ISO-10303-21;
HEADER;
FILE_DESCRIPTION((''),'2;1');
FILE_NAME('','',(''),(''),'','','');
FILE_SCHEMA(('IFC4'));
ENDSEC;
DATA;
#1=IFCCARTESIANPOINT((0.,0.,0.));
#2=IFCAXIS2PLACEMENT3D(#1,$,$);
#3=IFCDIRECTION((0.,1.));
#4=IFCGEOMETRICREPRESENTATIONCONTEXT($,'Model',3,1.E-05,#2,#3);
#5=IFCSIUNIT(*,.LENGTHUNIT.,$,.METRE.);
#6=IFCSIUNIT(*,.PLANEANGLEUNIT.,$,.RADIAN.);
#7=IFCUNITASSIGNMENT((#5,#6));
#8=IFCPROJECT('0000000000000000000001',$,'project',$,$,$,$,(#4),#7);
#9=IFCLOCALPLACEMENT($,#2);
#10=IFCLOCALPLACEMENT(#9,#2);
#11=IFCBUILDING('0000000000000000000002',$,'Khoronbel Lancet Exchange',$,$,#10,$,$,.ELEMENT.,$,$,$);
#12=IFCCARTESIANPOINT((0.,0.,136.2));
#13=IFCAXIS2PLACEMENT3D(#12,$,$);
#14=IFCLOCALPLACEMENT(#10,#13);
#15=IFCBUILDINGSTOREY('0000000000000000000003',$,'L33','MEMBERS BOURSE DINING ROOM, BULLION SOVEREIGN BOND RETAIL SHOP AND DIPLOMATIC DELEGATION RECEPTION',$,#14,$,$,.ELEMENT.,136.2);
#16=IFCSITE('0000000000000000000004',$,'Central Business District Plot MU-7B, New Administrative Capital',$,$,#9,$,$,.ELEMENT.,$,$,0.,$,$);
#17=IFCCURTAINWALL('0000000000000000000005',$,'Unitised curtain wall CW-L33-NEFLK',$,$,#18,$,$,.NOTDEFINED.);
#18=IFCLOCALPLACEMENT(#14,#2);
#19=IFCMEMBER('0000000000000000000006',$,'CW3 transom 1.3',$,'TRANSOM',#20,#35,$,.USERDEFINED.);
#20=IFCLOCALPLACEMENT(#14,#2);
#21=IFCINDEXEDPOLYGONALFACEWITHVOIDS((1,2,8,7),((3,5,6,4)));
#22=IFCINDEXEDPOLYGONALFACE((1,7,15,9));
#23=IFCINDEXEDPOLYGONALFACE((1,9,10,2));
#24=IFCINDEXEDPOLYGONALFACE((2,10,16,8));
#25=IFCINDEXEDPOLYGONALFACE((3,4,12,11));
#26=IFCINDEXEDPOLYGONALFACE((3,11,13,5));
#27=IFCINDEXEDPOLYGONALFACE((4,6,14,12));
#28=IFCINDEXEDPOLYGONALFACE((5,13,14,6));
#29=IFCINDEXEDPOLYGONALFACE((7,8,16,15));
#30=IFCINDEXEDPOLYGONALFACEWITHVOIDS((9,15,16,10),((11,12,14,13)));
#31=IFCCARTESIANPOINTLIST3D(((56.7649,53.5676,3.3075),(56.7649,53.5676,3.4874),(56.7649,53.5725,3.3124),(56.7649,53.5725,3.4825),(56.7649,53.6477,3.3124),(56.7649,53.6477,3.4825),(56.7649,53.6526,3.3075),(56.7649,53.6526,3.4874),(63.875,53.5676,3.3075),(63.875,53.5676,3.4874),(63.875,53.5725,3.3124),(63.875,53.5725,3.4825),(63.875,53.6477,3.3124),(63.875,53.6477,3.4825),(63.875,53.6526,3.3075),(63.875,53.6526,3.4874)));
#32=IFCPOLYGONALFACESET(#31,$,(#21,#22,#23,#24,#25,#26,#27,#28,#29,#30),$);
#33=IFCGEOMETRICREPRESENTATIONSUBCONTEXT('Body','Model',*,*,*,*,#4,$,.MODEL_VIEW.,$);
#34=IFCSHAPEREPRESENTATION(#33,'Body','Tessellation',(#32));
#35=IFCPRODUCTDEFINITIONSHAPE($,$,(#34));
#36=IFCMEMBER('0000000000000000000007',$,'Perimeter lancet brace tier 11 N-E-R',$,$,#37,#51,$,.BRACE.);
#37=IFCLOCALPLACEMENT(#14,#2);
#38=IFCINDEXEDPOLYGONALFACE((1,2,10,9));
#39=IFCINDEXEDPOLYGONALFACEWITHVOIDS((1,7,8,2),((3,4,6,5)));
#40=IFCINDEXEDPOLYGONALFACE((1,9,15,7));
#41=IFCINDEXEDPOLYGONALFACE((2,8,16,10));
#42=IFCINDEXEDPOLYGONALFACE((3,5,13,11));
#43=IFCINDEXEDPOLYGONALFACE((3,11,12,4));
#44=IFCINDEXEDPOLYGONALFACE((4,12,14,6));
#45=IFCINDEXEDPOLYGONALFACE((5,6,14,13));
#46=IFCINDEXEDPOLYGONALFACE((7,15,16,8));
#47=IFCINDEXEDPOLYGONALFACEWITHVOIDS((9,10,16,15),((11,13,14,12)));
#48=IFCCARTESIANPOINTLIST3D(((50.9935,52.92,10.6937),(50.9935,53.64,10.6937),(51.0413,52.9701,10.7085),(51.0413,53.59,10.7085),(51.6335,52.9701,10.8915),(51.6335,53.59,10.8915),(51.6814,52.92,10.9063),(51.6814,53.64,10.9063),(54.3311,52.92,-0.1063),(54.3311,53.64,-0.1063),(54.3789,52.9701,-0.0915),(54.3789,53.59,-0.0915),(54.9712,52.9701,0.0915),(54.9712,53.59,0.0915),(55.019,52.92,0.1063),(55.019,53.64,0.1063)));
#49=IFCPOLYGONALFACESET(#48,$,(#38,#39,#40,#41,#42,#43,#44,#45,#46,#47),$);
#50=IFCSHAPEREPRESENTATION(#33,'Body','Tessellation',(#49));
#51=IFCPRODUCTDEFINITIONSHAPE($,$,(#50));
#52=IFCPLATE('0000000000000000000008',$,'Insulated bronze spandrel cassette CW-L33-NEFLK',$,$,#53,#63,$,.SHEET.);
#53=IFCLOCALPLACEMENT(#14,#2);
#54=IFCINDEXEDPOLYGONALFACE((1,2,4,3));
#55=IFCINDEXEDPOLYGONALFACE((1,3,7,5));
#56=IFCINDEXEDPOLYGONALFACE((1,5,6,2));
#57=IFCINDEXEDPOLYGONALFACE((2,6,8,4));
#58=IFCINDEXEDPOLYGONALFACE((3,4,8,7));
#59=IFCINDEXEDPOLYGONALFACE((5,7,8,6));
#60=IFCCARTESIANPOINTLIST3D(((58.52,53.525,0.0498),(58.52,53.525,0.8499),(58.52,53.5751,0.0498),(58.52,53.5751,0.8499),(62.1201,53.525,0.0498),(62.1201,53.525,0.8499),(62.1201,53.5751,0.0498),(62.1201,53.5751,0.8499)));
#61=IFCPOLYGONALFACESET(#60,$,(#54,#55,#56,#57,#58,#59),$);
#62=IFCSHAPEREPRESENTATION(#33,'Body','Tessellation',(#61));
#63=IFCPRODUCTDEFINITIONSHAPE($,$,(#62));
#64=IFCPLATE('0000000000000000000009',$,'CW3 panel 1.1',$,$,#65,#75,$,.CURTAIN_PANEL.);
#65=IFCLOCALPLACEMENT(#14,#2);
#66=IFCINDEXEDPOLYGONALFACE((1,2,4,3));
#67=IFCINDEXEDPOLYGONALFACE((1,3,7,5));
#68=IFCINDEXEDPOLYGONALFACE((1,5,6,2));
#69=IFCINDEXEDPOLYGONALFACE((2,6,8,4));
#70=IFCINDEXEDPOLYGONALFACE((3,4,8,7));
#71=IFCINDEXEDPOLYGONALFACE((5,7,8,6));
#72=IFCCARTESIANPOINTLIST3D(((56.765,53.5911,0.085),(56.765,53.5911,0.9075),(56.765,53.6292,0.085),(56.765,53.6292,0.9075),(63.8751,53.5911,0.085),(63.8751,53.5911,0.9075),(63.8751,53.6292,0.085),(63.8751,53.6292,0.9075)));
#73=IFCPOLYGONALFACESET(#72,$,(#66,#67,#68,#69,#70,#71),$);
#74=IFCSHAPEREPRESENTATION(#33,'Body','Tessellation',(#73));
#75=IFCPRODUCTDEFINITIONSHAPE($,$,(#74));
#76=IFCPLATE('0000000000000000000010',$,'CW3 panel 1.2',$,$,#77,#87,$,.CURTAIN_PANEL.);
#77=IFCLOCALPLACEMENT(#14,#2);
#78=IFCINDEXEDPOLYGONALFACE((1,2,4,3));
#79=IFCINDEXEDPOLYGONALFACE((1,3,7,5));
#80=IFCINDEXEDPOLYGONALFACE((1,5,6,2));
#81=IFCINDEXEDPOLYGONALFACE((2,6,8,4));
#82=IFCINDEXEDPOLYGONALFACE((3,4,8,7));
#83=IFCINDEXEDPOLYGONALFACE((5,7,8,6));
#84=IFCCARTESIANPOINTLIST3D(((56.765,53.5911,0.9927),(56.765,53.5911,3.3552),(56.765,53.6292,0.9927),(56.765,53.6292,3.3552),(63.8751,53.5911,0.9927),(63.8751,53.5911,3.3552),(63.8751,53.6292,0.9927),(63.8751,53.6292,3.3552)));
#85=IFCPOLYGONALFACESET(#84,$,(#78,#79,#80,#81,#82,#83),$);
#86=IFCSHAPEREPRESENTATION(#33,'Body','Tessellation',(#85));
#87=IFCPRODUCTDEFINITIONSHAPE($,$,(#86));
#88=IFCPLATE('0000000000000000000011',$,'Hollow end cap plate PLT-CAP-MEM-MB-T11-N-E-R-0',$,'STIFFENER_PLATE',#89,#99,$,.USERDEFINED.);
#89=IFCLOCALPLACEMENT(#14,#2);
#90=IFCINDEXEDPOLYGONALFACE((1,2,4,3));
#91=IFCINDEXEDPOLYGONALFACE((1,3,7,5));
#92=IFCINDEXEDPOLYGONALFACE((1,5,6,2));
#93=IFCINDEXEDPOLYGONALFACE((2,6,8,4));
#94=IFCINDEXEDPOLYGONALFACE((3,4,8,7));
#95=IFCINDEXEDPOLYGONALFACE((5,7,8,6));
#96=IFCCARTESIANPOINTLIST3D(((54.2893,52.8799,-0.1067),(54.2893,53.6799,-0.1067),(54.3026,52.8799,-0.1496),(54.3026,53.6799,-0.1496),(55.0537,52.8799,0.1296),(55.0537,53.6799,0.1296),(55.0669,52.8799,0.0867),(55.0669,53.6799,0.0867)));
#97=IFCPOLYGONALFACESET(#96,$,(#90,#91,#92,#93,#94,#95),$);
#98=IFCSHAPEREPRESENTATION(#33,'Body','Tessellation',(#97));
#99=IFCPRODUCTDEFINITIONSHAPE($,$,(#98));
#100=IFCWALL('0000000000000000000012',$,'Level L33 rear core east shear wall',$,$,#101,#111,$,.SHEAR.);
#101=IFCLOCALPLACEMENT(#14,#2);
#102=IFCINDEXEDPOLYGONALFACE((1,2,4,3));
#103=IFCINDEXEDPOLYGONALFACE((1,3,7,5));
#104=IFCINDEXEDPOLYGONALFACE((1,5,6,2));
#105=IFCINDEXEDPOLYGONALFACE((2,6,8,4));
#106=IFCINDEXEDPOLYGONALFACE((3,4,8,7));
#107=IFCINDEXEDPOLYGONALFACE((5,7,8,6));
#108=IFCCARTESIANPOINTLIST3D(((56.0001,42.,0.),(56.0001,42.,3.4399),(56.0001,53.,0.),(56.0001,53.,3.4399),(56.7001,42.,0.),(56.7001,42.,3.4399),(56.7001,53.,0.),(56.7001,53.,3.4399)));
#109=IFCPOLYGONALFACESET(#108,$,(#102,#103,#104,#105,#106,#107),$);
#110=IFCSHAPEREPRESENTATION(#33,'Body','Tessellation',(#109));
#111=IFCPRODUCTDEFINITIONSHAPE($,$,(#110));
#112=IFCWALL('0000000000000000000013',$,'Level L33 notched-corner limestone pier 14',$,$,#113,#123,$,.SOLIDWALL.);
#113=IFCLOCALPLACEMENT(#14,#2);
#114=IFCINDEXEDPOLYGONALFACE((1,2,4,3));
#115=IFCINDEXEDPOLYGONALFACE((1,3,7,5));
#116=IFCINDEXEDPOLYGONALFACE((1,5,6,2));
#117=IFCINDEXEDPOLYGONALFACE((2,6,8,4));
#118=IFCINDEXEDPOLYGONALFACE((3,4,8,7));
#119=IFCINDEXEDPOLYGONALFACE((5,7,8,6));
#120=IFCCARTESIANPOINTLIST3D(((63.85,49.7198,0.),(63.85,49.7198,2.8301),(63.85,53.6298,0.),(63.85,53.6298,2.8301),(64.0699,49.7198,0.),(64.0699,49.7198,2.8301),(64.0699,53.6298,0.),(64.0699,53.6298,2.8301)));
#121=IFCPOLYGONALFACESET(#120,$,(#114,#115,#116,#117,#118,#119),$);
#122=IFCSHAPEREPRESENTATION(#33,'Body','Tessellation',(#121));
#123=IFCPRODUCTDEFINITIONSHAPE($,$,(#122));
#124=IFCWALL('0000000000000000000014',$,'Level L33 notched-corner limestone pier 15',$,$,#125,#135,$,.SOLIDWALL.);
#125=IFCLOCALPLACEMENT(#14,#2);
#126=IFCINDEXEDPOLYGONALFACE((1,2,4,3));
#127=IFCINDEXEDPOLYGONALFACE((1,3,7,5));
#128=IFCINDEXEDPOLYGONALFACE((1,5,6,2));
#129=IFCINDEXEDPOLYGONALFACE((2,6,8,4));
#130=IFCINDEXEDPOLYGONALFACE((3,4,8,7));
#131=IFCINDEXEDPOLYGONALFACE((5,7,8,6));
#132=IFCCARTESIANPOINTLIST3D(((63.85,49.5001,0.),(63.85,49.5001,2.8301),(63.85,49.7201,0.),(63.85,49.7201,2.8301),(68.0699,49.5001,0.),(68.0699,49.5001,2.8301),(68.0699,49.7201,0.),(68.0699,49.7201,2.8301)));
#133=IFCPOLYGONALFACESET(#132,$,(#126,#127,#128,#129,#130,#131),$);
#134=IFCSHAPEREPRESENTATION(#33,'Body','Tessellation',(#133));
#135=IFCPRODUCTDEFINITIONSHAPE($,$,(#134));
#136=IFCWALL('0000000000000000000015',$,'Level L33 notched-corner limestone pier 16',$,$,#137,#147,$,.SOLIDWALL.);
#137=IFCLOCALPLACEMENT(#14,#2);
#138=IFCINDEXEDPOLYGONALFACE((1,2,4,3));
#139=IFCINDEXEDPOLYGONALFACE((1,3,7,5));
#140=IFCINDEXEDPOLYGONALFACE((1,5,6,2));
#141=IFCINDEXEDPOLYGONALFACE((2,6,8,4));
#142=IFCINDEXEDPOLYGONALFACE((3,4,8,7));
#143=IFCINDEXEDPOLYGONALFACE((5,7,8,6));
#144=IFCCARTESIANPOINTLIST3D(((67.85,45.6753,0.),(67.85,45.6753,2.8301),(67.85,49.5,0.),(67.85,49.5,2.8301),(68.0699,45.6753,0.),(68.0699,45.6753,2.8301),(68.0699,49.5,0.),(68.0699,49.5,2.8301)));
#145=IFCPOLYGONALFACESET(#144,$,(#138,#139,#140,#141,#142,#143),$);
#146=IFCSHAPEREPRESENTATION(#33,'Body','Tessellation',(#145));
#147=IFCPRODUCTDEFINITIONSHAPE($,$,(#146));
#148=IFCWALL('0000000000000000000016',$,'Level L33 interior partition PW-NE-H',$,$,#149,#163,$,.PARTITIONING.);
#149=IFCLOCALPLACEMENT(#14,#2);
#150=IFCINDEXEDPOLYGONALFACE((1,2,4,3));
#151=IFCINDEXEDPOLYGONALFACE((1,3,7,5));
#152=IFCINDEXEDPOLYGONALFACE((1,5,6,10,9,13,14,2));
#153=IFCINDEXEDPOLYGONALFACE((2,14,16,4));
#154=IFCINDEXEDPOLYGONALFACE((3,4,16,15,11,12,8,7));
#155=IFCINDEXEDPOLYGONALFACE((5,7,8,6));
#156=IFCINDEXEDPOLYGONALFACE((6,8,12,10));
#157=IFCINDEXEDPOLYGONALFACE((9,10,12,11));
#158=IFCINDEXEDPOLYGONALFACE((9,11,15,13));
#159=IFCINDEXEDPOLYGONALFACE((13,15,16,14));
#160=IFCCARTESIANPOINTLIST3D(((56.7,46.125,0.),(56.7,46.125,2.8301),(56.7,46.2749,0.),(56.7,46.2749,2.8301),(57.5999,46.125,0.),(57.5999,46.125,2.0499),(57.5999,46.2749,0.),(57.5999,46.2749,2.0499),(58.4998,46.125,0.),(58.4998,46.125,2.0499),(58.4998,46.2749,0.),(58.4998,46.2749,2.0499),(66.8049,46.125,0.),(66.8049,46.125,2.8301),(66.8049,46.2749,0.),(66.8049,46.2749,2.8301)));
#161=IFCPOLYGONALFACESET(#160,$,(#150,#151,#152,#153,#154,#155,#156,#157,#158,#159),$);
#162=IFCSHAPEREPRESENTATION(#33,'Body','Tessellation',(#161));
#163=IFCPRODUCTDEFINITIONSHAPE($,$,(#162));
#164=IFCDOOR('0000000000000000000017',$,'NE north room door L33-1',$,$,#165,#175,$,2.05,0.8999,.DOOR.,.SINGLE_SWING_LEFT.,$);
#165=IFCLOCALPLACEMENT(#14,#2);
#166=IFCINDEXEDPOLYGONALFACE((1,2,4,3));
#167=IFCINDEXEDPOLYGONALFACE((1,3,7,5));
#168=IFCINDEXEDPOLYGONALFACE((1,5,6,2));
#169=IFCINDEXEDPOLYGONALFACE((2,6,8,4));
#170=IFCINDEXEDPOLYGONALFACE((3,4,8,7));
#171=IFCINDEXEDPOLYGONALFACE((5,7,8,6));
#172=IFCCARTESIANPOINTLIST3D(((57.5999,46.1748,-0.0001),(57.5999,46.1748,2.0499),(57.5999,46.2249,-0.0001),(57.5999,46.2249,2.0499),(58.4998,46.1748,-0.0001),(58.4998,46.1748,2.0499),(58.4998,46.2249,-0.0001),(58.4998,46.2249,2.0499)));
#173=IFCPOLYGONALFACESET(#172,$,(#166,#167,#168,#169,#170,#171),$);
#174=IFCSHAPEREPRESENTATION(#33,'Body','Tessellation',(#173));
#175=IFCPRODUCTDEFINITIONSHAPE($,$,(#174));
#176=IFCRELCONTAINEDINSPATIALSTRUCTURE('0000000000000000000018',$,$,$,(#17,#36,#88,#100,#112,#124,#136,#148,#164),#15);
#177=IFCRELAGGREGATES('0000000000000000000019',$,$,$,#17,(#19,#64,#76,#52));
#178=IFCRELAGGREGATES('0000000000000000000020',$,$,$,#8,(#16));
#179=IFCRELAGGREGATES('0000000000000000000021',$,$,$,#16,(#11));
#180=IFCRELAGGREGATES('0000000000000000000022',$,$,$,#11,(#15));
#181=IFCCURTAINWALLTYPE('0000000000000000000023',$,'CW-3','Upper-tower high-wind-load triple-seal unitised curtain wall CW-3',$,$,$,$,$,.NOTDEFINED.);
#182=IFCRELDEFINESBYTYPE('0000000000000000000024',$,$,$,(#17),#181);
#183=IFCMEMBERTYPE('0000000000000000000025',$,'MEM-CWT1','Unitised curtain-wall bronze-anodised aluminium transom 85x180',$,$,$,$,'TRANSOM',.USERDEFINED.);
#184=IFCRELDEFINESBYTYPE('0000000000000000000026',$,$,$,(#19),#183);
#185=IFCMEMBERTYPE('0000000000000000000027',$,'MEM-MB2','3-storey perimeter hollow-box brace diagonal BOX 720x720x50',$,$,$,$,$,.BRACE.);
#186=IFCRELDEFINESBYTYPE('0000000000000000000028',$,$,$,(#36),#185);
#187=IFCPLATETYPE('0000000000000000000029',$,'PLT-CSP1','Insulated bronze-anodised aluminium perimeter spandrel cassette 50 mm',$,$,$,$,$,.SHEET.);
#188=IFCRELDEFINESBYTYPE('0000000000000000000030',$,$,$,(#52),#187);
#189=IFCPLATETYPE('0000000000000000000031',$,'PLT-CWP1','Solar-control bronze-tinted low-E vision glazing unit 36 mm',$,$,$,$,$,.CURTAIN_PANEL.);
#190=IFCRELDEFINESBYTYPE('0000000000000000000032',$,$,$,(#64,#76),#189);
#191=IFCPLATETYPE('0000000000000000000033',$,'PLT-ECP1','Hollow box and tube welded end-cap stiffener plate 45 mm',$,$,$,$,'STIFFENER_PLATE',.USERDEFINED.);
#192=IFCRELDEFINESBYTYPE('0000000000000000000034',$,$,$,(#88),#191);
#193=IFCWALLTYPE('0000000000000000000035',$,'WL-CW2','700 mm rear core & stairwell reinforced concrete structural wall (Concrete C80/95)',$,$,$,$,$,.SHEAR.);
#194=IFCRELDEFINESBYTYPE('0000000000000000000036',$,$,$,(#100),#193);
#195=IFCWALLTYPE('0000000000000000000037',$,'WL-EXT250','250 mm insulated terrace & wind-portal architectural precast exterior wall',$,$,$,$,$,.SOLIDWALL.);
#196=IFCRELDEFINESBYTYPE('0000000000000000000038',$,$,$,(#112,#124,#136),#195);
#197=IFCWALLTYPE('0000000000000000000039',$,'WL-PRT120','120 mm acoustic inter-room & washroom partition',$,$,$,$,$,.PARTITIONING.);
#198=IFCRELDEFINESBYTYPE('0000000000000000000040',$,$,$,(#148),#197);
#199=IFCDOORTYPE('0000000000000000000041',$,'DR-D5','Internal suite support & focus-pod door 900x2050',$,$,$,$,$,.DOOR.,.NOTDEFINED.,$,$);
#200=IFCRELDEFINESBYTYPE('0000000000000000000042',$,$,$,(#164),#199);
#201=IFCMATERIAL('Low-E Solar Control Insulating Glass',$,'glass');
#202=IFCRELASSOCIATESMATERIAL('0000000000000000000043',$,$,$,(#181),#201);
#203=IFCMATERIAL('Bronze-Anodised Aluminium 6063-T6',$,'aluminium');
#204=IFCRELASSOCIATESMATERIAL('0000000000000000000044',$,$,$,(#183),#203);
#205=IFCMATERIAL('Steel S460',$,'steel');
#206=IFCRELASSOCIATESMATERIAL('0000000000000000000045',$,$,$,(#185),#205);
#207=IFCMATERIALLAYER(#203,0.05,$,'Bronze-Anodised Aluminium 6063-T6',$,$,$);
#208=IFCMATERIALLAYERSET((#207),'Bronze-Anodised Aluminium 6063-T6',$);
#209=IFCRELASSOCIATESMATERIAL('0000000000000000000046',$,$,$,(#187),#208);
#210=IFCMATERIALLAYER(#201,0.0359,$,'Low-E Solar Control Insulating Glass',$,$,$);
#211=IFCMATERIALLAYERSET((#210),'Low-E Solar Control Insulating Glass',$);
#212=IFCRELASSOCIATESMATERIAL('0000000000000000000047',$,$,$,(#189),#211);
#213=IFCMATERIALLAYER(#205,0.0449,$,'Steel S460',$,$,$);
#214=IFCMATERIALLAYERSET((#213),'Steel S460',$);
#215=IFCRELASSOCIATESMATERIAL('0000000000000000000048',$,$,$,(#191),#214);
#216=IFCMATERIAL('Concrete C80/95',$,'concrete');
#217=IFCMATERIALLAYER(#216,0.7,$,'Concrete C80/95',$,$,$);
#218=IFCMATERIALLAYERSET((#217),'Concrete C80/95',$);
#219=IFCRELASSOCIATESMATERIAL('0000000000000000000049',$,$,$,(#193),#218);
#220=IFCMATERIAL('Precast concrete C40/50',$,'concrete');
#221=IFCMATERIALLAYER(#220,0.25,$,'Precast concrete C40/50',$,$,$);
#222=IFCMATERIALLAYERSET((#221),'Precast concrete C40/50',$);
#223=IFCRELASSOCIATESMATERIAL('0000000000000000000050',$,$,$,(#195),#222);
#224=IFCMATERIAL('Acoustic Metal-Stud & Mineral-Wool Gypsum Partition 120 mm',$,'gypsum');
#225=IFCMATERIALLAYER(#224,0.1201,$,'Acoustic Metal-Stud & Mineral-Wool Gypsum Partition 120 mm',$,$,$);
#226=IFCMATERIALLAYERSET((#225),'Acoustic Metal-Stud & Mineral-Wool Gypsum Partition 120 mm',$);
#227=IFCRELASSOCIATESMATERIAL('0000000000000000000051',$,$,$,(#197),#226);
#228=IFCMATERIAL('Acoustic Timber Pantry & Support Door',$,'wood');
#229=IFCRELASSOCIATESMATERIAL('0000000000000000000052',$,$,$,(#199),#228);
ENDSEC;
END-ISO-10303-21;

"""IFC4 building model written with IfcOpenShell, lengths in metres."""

from ifc_helpers import new_model, si_unit, direction, frame, frame_2d, origin, origin_2d, place, context, subcontext, project, spatial, polyline, rectangle, hollow_rectangle, outline, extrude, material, layer, layer_set, material_profile, profile_set, type_object, element, fill, aggregate, save


model = new_model("IFC4")

# Units and contexts
model_context = context("Model", 3, precision=1e-05, world=origin(), true_north=direction((0.0, 1.0)))
body_context = subcontext(model_context, "Body", "Model", "MODEL_VIEW")
ifc_project = project(units=[si_unit("LENGTHUNIT", "METRE"), si_unit("PLANEANGLEUNIT", "RADIAN")], contexts=[model_context])

# Site, building, storey
site_placement = place(None, origin())
site = spatial("IfcSite", under=ifc_project, at=site_placement, Name="Central Business District Plot MU-7B, New Administrative Capital", CompositionType="ELEMENT", RefElevation=0.0)
building_placement = place(site_placement, origin())
building = spatial("IfcBuilding", under=site, at=building_placement, Name="Khoronbel Lancet Exchange", CompositionType="ELEMENT")
storey_placement = place(building_placement, frame((0.0, 0.0, 136.2)))
storey = spatial("IfcBuildingStorey", under=building, at=storey_placement, Name="L33", Description="MEMBERS BOURSE DINING ROOM, BULLION SOVEREIGN BOND RETAIL SHOP AND DIPLOMATIC DELEGATION RECEPTION", CompositionType="ELEMENT", Elevation=136.2)

# Shared definitions
ifc_material_1 = material(Name="Steel S460", Category="steel")

# Curtain wall
ifc_material_2 = material(Name="Low-E Solar Control Insulating Glass", Category="glass")
curtain_wall_type_1 = type_object("IfcCurtainWallType", Name="CW-3", Description="Upper-tower high-wind-load triple-seal unitised curtain wall CW-3", PredefinedType="NOTDEFINED", material=ifc_material_2)
curtain_wall_1_placement = place(storey_placement, origin())
curtain_wall_1 = element("IfcCurtainWall", 1, at=curtain_wall_1_placement, inside=storey, type_object=curtain_wall_type_1, Name="Unitised curtain wall CW-L33-NEFLK", PredefinedType="NOTDEFINED")
ifc_material_3 = material(Name="Bronze-Anodised Aluminium 6063-T6", Category="aluminium")

# Members
ifc_material_profile_1 = material_profile(ifc_material_3, hollow_rectangle(XDim=0.085, YDim=0.1799, WallThickness=0.0049, at=origin_2d()), Name="ALU TRANSOM 85x180")
ifc_profile_set_1 = profile_set([ifc_material_profile_1], Name="Bronze-Anodised Aluminium 6063-T6")
member_type_1 = type_object("IfcMemberType", Name="MEM-CWT1", Description="Unitised curtain-wall bronze-anodised aluminium transom 85x180", ElementType="TRANSOM", PredefinedType="USERDEFINED", material=ifc_profile_set_1)
member_1_placement = place(storey_placement, frame((63.875, 53.6101, 3.3975), z_axis=(-1.0, 0.0, 0.0), x_axis=(0.0, -1.0, 0.0)))
member_1 = element("IfcMember", 2, at=member_1_placement, type_object=member_type_1, Name="CW3 transom 1.3", ObjectType="TRANSOM", PredefinedType="USERDEFINED", context=body_context, shape_type="SweptSolid", body=[
    extrude(hollow_rectangle(XDim=0.085, YDim=0.1799, WallThickness=0.0049, at=origin_2d()), origin(), (0.0, 0.0, 1.0), 7.1101),
])
ifc_material_profile_2 = material_profile(ifc_material_1, hollow_rectangle(XDim=0.72, YDim=0.72, WallThickness=0.05, at=origin_2d()), Name="BOX 720x720x50")
ifc_profile_set_2 = profile_set([ifc_material_profile_2], Name="Steel S460")
member_type_2 = type_object("IfcMemberType", Name="MEM-MB2", Description="3-storey perimeter hollow-box brace diagonal BOX 720x720x50", PredefinedType="BRACE", material=ifc_profile_set_2)
member_2_placement = place(storey_placement, frame((54.675, 53.28, 0.0), z_axis=(-0.295262, 0.0, 0.955416), x_axis=(0.0, -1.0, 0.0)))
element("IfcMember", 3, at=member_2_placement, inside=storey, type_object=member_type_2, Name="Perimeter lancet brace tier 11 N-E-R", PredefinedType="BRACE", context=body_context, shape_type="SweptSolid", body=[
    extrude(hollow_rectangle(XDim=0.72, YDim=0.72, WallThickness=0.05, at=origin_2d()), origin(), (0.0, 0.0, 1.0), 11.304),
])

# Plates
ifc_layer_1 = layer(ifc_material_3, 0.05, Name="Bronze-Anodised Aluminium 6063-T6")
ifc_layer_set_1 = layer_set([ifc_layer_1], Name="Bronze-Anodised Aluminium 6063-T6")
plate_type_1 = type_object("IfcPlateType", Name="PLT-CSP1", Description="Insulated bronze-anodised aluminium perimeter spandrel cassette 50 mm", PredefinedType="SHEET", material=ifc_layer_set_1)
plate_1_placement = place(storey_placement, frame((60.3201, 53.55, 0.0498), z_axis=(0.0, 0.0, 1.0), x_axis=(-1.0, 0.0, 0.0)))
plate_1 = element("IfcPlate", 4, at=plate_1_placement, type_object=plate_type_1, Name="Insulated bronze spandrel cassette CW-L33-NEFLK", PredefinedType="SHEET", context=body_context, shape_type="SweptSolid", body=[
    extrude(rectangle(XDim=3.6001, YDim=0.05, at=origin_2d()), origin(), (0.0, 0.0, 1.0), 0.8),
])
ifc_layer_2 = layer(ifc_material_2, 0.0359, Name="Low-E Solar Control Insulating Glass")
ifc_layer_set_2 = layer_set([ifc_layer_2], Name="Low-E Solar Control Insulating Glass")
plate_type_2 = type_object("IfcPlateType", Name="PLT-CWP1", Description="Solar-control bronze-tinted low-E vision glazing unit 36 mm", PredefinedType="CURTAIN_PANEL", material=ifc_layer_set_2)
plate_2_placement = place(storey_placement, frame((60.3201, 53.6101, 0.085), z_axis=(0.0, 0.0, 1.0), x_axis=(-1.0, 0.0, 0.0)))
plate_2 = element("IfcPlate", 5, at=plate_2_placement, type_object=plate_type_2, Name="CW3 panel 1.1", PredefinedType="CURTAIN_PANEL", context=body_context, shape_type="SweptSolid", body=[
    extrude(rectangle(XDim=7.1101, YDim=0.0381, at=origin_2d()), origin(), (0.0, 0.0, 1.0), 0.8225),
])
plate_3_placement = place(storey_placement, frame((60.3201, 53.6101, 0.9927), z_axis=(0.0, 0.0, 1.0), x_axis=(-1.0, 0.0, 0.0)))
plate_3 = element("IfcPlate", 6, at=plate_3_placement, type_object=plate_type_2, Name="CW3 panel 1.2", PredefinedType="CURTAIN_PANEL", context=body_context, shape_type="SweptSolid", body=[
    extrude(rectangle(XDim=7.1101, YDim=0.0381, at=origin_2d()), origin(), (0.0, 0.0, 1.0), 2.3625),
])
aggregate(curtain_wall_1, [member_1, plate_2, plate_3, plate_1])
ifc_layer_3 = layer(ifc_material_1, 0.0449, Name="Steel S460")
ifc_layer_set_3 = layer_set([ifc_layer_3], Name="Steel S460")
plate_type_3 = type_object("IfcPlateType", Name="PLT-ECP1", Description="Hollow box and tube welded end-cap stiffener plate 45 mm", ElementType="STIFFENER_PLATE", PredefinedType="USERDEFINED", material=ifc_layer_set_3)
plate_4_placement = place(storey_placement, frame((54.2893, 53.6799, -0.1067), z_axis=(-0.295372, 0.0, 0.955382), x_axis=(0.0, -1.0, 0.0)))
element("IfcPlate", 7, at=plate_4_placement, inside=storey, type_object=plate_type_3, Name="Hollow end cap plate PLT-CAP-MEM-MB-T11-N-E-R-0", ObjectType="STIFFENER_PLATE", PredefinedType="USERDEFINED", context=body_context, shape_type="SweptSolid", body=[
    extrude(outline(polyline([(0.0, 0.0), (0.8, 0.0), (0.8, 0.8), (0.0, 0.8), (0.0, 0.0)])), origin(), (0.0, 0.0, -1.0), 0.0449),
])

# Walls
ifc_material_4 = material(Name="Concrete C80/95", Category="concrete")
ifc_layer_4 = layer(ifc_material_4, 0.7, Name="Concrete C80/95")
ifc_layer_set_4 = layer_set([ifc_layer_4], Name="Concrete C80/95")
wall_type_1 = type_object("IfcWallType", Name="WL-CW2", Description="700 mm rear core & stairwell reinforced concrete structural wall (Concrete C80/95)", PredefinedType="SHEAR", material=ifc_layer_set_4)
wall_1_placement = place(storey_placement, frame((56.3501, 53.0, 0.0), z_axis=(0.0, 0.0, 1.0), x_axis=(0.0, -1.0, 0.0)))
element("IfcWall", 8, at=wall_1_placement, inside=storey, type_object=wall_type_1, Name="Level L33 rear core east shear wall", PredefinedType="SHEAR", context=body_context, shape_type="SweptSolid", body=[
    extrude(rectangle(XDim=11.0, YDim=0.7, at=frame_2d((5.5, 0.0))), origin(), (0.0, 0.0, 1.0), 3.4399),
])
ifc_material_5 = material(Name="Precast concrete C40/50", Category="concrete")
ifc_layer_5 = layer(ifc_material_5, 0.25, Name="Precast concrete C40/50")
ifc_layer_set_5 = layer_set([ifc_layer_5], Name="Precast concrete C40/50")
wall_type_2 = type_object("IfcWallType", Name="WL-EXT250", Description="250 mm insulated terrace & wind-portal architectural precast exterior wall", PredefinedType="SOLIDWALL", material=ifc_layer_set_5)
wall_2_placement = place(storey_placement, frame((63.96, 53.6299, 0.0), z_axis=(0.0, 0.0, 1.0), x_axis=(0.0, -1.0, 0.0)))
element("IfcWall", 9, at=wall_2_placement, inside=storey, type_object=wall_type_2, Name="Level L33 notched-corner limestone pier 14", PredefinedType="SOLIDWALL", context=body_context, shape_type="SweptSolid", body=[
    extrude(rectangle(XDim=3.9099, YDim=0.22, at=frame_2d((1.9551, 0.0))), origin(), (0.0, 0.0, 1.0), 2.8301),
])
wall_3_placement = place(storey_placement, frame((63.8501, 49.6101, 0.0), z_axis=(0.0, 0.0, 1.0), x_axis=(1.0, 0.0, 0.0)))
element("IfcWall", 10, at=wall_3_placement, inside=storey, type_object=wall_type_2, Name="Level L33 notched-corner limestone pier 15", PredefinedType="SOLIDWALL", context=body_context, shape_type="SweptSolid", body=[
    extrude(rectangle(XDim=4.22, YDim=0.22, at=frame_2d((2.1099, 0.0))), origin(), (0.0, 0.0, 1.0), 2.8301),
])
wall_4_placement = place(storey_placement, frame((67.96, 49.5, 0.0), z_axis=(0.0, 0.0, 1.0), x_axis=(0.0, -1.0, 0.0)))
element("IfcWall", 11, at=wall_4_placement, inside=storey, type_object=wall_type_2, Name="Level L33 notched-corner limestone pier 16", PredefinedType="SOLIDWALL", context=body_context, shape_type="SweptSolid", body=[
    extrude(rectangle(XDim=3.8247, YDim=0.22, at=frame_2d((1.9124, 0.0))), origin(), (0.0, 0.0, 1.0), 2.8301),
])

# Wall, opening, door
ifc_material_6 = material(Name="Acoustic Metal-Stud & Mineral-Wool Gypsum Partition 120 mm", Category="gypsum")
ifc_layer_6 = layer(ifc_material_6, 0.1201, Name="Acoustic Metal-Stud & Mineral-Wool Gypsum Partition 120 mm")
ifc_layer_set_6 = layer_set([ifc_layer_6], Name="Acoustic Metal-Stud & Mineral-Wool Gypsum Partition 120 mm")
wall_type_3 = type_object("IfcWallType", Name="WL-PRT120", Description="120 mm acoustic inter-room & washroom partition", PredefinedType="PARTITIONING", material=ifc_layer_set_6)
wall_5_placement = place(storey_placement, frame((56.7, 46.2, 0.0), z_axis=(0.0, 0.0, 1.0), x_axis=(1.0, 0.0, 0.0)))
wall_5 = element("IfcWall", 12, at=wall_5_placement, inside=storey, type_object=wall_type_3, Name="Level L33 interior partition PW-NE-H", PredefinedType="PARTITIONING", context=body_context, shape_type="SweptSolid", body=[
    extrude(rectangle(XDim=10.105, YDim=0.1499, at=frame_2d((5.0525, 0.0))), origin(), (0.0, 0.0, 1.0), 2.8301),
])
opening_placement = place(wall_5_placement, frame((0.8999, 0.0, 0.0)))
opening = element("IfcOpeningElement", 13, at=opening_placement, cuts=wall_5, PredefinedType="OPENING", context=body_context, shape_type="SweptSolid", body=[
    extrude(rectangle(XDim=0.8999, YDim=2.05, at=frame_2d((0.45, 1.0249))), frame((0.0, 0.085, 0.0), z_axis=(0.0, -1.0, 0.0), x_axis=(1.0, 0.0, 0.0)), (0.0, 0.0, 1.0), 0.1699),
])
ifc_material_7 = material(Name="Acoustic Timber Pantry & Support Door", Category="wood")
door_type = type_object("IfcDoorType", Name="DR-D5", Description="Internal suite support & focus-pod door 900x2050", OperationType="NOTDEFINED", PredefinedType="DOOR", material=ifc_material_7)
door_placement = place(opening_placement, origin())
door = element("IfcDoor", 14, at=door_placement, inside=storey, type_object=door_type, Name="NE north room door L33-1", OperationType="SINGLE_SWING_LEFT", OverallHeight=2.05, OverallWidth=0.8999, PredefinedType="DOOR", context=body_context, shape_type="SweptSolid", body=[
    extrude(rectangle(XDim=0.8999, YDim=2.05, at=frame_2d((0.45, 1.0249))), frame((0.0, 0.0249, 0.0), z_axis=(0.0, -1.0, 0.0), x_axis=(1.0, 0.0, 0.0)), (0.0, 0.0, 1.0), 0.05),
])
fill(opening, door)

save(model, "model.ifc")
